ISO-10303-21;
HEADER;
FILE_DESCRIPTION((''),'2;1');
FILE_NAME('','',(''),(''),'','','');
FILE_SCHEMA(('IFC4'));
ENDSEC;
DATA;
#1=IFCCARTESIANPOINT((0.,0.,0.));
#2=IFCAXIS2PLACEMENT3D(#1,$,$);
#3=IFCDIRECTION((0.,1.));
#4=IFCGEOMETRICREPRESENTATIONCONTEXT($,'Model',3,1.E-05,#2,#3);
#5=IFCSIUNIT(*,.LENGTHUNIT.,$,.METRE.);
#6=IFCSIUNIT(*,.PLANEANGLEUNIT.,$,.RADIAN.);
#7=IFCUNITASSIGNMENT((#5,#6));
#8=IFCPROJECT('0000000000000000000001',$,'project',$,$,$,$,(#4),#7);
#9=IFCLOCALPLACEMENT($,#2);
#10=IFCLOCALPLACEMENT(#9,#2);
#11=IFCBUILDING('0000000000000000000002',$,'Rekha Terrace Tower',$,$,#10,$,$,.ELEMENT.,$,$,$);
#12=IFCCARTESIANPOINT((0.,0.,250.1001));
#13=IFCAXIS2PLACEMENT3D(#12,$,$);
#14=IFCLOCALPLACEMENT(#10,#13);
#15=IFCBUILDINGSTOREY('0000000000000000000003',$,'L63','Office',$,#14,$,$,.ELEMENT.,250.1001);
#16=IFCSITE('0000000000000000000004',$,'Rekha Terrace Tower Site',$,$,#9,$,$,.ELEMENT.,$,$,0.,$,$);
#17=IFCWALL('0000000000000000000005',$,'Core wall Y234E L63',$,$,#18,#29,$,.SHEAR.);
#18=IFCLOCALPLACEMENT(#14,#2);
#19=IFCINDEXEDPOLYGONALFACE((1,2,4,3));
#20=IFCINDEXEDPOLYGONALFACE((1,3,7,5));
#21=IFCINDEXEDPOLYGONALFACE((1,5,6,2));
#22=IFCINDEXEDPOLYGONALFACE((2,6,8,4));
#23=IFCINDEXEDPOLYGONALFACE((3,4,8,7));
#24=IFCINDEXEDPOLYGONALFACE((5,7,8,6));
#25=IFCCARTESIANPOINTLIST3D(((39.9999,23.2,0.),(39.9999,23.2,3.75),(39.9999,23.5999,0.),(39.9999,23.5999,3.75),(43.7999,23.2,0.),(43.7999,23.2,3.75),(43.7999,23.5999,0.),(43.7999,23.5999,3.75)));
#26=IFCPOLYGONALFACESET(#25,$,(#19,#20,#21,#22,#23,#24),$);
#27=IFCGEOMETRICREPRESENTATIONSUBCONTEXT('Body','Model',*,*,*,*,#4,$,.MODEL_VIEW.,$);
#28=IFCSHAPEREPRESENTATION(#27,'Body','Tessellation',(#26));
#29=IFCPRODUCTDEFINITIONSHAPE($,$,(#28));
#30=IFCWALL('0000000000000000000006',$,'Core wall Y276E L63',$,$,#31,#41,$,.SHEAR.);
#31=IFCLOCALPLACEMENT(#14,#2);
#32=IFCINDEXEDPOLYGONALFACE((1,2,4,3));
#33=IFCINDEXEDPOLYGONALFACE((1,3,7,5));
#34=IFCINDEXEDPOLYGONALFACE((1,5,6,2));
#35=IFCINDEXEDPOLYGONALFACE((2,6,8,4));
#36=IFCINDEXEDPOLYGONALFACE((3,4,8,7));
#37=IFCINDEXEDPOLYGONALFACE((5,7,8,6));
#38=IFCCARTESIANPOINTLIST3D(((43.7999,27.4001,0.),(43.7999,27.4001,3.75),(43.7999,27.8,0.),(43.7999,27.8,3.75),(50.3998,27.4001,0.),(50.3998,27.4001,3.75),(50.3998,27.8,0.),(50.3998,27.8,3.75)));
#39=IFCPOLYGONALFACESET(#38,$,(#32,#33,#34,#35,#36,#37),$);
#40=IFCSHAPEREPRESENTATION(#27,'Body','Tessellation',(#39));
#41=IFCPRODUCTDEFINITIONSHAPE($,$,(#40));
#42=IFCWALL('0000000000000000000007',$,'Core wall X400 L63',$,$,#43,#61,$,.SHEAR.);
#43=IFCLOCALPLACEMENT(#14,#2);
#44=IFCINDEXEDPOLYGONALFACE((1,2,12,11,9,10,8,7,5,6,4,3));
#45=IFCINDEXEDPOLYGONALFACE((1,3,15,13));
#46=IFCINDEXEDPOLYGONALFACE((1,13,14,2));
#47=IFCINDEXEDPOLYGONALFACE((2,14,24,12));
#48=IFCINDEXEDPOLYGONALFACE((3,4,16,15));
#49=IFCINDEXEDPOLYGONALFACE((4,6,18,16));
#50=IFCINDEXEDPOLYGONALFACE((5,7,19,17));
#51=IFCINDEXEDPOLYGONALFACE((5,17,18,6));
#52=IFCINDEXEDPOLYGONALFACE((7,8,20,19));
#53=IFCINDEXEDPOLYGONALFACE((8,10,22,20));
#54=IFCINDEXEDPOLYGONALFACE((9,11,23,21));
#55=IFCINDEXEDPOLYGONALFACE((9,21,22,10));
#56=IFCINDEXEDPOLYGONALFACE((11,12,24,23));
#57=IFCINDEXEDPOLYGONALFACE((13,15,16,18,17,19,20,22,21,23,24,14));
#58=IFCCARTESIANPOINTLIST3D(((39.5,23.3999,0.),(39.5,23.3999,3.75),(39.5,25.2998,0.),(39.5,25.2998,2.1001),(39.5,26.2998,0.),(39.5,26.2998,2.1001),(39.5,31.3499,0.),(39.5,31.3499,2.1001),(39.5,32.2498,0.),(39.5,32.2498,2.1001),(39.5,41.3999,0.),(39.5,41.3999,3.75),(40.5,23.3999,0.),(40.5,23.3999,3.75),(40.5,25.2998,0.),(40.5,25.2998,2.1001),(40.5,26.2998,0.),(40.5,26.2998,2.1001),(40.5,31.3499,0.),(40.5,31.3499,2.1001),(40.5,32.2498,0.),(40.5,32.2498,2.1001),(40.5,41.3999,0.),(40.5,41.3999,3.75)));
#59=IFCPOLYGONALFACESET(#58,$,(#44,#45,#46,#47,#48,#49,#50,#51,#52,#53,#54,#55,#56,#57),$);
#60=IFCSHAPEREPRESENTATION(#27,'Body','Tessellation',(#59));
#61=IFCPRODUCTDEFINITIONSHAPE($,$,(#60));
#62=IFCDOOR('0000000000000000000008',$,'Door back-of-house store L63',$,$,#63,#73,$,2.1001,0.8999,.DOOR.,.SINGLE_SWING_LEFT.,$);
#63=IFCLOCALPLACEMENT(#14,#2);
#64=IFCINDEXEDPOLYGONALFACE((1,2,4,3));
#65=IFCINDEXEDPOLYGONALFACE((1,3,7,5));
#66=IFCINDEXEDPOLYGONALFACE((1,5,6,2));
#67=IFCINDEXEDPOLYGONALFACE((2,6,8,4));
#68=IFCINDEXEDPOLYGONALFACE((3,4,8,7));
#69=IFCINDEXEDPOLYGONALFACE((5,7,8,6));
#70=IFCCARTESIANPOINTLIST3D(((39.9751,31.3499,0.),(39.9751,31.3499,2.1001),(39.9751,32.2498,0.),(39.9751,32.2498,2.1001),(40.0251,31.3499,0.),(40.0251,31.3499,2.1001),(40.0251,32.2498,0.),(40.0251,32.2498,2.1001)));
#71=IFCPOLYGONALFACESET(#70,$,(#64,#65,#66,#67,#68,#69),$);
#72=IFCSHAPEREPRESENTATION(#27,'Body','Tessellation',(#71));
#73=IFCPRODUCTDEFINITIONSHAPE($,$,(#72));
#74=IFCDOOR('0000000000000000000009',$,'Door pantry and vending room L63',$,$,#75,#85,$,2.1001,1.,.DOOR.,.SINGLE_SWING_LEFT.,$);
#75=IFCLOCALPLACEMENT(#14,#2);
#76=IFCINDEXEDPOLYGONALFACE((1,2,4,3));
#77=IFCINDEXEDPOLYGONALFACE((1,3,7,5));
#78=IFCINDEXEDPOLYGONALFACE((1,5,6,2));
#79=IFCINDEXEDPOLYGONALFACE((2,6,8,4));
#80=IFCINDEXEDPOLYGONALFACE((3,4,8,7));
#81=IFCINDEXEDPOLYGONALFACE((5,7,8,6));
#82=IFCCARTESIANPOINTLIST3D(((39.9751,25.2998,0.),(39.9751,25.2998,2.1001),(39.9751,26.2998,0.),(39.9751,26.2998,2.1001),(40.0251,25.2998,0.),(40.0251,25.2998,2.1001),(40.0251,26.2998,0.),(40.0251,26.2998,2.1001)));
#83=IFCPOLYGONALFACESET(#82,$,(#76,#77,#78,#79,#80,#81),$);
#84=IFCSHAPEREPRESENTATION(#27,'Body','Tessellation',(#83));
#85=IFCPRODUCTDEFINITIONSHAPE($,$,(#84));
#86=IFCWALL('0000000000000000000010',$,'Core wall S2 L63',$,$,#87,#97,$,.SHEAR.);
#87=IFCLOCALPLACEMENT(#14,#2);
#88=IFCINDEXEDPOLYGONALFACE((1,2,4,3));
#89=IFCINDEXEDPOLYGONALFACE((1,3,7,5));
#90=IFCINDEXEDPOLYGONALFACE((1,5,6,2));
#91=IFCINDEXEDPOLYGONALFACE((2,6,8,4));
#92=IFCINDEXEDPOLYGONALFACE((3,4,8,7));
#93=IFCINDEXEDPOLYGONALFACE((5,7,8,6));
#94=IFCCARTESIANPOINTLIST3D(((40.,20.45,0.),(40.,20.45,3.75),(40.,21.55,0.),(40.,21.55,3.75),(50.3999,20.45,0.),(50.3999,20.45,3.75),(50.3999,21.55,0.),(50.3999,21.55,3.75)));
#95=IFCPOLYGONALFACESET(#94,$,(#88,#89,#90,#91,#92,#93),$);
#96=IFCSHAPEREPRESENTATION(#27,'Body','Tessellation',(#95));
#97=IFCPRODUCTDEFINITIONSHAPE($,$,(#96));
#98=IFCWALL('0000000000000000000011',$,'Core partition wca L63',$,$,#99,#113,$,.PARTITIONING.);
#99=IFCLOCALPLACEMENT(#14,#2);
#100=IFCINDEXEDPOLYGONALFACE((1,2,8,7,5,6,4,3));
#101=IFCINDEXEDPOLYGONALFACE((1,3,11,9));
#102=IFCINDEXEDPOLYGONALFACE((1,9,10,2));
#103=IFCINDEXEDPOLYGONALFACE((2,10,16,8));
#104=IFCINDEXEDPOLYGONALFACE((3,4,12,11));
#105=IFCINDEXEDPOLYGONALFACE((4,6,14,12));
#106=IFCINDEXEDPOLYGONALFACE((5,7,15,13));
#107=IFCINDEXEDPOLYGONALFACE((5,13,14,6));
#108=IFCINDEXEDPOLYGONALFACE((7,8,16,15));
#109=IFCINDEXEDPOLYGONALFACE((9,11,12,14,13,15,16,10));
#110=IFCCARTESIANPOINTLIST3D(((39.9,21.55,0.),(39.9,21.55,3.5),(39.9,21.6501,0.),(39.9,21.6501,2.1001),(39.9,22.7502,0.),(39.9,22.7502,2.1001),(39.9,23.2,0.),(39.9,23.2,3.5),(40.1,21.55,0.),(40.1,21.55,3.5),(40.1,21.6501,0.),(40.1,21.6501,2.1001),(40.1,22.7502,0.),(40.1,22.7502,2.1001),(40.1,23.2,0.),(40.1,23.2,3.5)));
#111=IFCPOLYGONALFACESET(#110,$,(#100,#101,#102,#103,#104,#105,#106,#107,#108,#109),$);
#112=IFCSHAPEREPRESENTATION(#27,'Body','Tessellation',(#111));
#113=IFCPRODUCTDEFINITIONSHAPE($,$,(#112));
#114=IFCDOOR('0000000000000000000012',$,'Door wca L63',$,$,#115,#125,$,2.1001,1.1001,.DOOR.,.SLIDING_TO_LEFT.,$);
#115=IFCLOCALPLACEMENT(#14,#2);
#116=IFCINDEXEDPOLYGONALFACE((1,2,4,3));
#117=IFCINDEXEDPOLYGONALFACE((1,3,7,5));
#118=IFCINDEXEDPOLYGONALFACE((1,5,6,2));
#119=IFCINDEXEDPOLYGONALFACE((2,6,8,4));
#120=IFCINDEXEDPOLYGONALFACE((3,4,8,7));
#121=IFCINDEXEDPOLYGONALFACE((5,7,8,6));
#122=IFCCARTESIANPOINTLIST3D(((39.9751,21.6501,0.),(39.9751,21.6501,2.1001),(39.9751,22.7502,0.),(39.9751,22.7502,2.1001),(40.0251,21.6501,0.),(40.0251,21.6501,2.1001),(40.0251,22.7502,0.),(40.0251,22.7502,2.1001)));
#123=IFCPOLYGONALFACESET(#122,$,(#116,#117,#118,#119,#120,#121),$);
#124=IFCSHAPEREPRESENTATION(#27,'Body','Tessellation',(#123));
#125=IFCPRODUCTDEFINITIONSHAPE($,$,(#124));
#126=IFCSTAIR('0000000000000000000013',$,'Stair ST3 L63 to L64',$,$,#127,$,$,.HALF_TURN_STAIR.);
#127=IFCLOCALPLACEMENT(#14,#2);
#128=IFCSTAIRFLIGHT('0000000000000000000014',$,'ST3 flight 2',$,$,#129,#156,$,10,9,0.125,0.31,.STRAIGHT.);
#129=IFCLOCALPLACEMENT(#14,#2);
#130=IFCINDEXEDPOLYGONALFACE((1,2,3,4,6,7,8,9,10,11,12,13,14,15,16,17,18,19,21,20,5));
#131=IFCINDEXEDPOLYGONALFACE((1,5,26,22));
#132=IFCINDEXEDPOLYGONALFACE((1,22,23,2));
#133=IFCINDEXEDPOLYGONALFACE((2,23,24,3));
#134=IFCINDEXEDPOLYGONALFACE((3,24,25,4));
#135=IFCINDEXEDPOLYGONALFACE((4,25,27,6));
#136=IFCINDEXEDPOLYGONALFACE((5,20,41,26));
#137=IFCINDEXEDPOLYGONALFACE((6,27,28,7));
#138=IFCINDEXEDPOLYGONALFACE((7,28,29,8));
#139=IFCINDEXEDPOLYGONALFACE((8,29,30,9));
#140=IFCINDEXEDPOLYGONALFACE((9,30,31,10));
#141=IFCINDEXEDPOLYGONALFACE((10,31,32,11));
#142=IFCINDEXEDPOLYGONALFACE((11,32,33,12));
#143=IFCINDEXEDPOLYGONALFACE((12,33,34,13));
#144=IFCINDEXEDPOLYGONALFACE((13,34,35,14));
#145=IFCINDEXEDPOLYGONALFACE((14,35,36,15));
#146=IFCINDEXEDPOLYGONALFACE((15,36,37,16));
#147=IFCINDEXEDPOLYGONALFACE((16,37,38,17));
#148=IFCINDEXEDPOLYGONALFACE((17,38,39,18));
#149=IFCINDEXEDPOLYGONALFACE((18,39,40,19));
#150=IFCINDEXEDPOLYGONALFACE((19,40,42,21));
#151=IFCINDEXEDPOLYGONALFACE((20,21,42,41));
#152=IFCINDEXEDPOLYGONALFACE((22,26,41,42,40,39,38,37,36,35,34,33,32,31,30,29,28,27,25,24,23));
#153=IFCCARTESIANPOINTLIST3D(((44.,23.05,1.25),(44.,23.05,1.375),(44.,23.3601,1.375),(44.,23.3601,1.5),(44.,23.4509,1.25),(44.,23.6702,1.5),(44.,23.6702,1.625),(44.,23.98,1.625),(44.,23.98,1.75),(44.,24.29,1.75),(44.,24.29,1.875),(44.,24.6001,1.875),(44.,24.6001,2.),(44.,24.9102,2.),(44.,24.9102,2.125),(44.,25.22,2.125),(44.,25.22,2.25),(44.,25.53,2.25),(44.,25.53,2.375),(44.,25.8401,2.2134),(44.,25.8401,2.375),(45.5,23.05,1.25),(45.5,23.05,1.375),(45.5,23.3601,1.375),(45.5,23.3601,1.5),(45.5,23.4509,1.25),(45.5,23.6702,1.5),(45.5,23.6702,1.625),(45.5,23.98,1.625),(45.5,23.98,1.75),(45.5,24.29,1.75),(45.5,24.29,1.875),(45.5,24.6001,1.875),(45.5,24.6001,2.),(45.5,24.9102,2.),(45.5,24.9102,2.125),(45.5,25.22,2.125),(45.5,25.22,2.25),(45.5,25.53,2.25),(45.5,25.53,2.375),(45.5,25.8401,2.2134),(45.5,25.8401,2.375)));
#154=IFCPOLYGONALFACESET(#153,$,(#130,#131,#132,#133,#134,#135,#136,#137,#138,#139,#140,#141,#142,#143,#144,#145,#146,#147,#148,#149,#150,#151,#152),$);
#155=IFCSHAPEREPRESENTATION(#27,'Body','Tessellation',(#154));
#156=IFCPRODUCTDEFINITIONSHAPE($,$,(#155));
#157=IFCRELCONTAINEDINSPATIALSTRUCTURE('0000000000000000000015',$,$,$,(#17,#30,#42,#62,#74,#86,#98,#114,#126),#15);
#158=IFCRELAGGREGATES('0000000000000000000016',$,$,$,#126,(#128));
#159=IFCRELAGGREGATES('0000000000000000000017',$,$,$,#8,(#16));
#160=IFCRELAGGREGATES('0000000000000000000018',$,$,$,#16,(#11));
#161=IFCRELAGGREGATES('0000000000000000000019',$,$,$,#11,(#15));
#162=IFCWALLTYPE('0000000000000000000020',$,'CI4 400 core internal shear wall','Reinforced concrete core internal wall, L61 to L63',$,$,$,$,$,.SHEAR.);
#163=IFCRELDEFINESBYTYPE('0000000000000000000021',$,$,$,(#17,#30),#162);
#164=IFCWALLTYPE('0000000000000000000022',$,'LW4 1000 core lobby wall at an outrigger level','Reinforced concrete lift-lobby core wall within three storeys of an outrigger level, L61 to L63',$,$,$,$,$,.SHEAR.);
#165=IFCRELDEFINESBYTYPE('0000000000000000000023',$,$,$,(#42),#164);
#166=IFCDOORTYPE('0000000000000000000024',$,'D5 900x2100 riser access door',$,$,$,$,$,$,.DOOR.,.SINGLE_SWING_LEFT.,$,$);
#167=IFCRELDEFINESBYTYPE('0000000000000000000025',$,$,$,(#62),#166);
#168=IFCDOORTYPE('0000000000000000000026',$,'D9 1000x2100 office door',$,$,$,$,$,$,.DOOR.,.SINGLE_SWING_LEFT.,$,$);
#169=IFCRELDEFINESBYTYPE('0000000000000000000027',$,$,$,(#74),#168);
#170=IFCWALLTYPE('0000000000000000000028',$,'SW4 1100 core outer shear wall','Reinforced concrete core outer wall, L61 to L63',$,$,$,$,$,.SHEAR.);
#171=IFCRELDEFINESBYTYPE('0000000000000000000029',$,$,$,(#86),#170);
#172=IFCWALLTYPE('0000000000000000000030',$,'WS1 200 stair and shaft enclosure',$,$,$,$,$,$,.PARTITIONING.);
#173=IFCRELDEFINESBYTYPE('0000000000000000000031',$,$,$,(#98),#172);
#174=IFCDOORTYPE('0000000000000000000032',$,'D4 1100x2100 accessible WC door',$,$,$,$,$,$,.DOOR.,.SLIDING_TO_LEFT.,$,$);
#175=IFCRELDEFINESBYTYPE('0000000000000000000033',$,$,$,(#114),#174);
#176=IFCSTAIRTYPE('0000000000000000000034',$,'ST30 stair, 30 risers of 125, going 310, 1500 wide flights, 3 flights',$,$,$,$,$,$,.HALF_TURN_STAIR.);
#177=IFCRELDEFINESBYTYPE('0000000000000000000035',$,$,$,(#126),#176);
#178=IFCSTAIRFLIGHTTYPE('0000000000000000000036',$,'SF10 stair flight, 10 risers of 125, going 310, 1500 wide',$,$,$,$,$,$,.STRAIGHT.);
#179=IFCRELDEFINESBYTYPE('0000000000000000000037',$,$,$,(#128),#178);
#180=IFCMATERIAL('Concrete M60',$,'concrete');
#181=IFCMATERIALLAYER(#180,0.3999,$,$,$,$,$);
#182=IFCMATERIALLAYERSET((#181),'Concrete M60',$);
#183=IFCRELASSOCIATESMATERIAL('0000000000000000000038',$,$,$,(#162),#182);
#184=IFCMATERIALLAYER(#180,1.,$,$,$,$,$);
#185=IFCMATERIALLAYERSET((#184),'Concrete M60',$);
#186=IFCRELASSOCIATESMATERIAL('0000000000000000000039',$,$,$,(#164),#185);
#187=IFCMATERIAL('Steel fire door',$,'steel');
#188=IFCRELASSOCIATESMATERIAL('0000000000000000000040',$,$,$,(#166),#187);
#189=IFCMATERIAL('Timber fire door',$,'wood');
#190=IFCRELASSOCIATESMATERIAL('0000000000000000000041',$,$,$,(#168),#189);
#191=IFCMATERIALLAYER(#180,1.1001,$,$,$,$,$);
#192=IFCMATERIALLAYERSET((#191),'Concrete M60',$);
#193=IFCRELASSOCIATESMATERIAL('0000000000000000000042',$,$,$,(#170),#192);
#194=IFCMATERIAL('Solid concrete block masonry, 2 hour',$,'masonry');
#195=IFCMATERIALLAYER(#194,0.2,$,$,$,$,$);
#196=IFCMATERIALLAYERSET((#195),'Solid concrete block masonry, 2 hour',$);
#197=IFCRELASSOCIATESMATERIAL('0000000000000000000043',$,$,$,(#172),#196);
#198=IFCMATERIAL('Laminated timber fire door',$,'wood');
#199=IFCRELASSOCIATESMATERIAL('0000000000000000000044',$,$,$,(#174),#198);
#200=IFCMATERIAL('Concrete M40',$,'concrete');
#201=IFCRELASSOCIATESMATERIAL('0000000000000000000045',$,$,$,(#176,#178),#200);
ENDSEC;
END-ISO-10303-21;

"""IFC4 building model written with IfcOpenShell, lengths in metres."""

from ifc_helpers import new_model, si_unit, direction, frame, frame_2d, origin, place, context, subcontext, project, spatial, polyline, rectangle, outline, extrude, material, layer, layer_set, type_object, element, fill, aggregate, save


model = new_model("IFC4")

# Units and contexts
model_context = context("Model", 3, precision=1e-05, world=origin(), true_north=direction((0.0, 1.0)))
body_context = subcontext(model_context, "Body", "Model", "MODEL_VIEW")
ifc_project = project(units=[si_unit("LENGTHUNIT", "METRE"), si_unit("PLANEANGLEUNIT", "RADIAN")], contexts=[model_context])

# Site, building, storey
site_placement = place(None, origin())
site = spatial("IfcSite", under=ifc_project, at=site_placement, Name="Rekha Terrace Tower Site", CompositionType="ELEMENT", RefElevation=0.0)
building_placement = place(site_placement, origin())
building = spatial("IfcBuilding", under=site, at=building_placement, Name="Rekha Terrace Tower", CompositionType="ELEMENT")
storey_placement = place(building_placement, frame((0.0, 0.0, 250.1001)))
storey = spatial("IfcBuildingStorey", under=building, at=storey_placement, Name="L63", Description="Office", CompositionType="ELEMENT", Elevation=250.1001)

# Shared definitions
ifc_material_1 = material(Name="Concrete M60", Category="concrete")

# Walls
ifc_layer_1 = layer(ifc_material_1, 0.3999)
ifc_layer_set_1 = layer_set([ifc_layer_1], Name="Concrete M60")
wall_type_1 = type_object("IfcWallType", Name="CI4 400 core internal shear wall", Description="Reinforced concrete core internal wall, L61 to L63", PredefinedType="SHEAR", material=ifc_layer_set_1)
wall_1_placement = place(storey_placement, frame((40.0, 23.3999, 0.0), z_axis=(0.0, 0.0, 1.0), x_axis=(1.0, 0.0, 0.0)))
element("IfcWall", 1, at=wall_1_placement, inside=storey, type_object=wall_type_1, Name="Core wall Y234E L63", PredefinedType="SHEAR", context=body_context, shape_type="SweptSolid", body=[
    extrude(rectangle(XDim=3.8, YDim=0.3999, at=frame_2d((1.8999, 0.0))), origin(), (0.0, 0.0, 1.0), 3.75),
])
wall_2_placement = place(storey_placement, frame((43.8, 27.6001, 0.0), z_axis=(0.0, 0.0, 1.0), x_axis=(1.0, 0.0, 0.0)))
element("IfcWall", 2, at=wall_2_placement, inside=storey, type_object=wall_type_1, Name="Core wall Y276E L63", PredefinedType="SHEAR", context=body_context, shape_type="SweptSolid", body=[
    extrude(rectangle(XDim=6.5999, YDim=0.3999, at=frame_2d((3.2998, 0.0))), origin(), (0.0, 0.0, 1.0), 3.75),
])

# Wall, openings, doors
ifc_layer_2 = layer(ifc_material_1, 1.0)
ifc_layer_set_2 = layer_set([ifc_layer_2], Name="Concrete M60")
wall_type_2 = type_object("IfcWallType", Name="LW4 1000 core lobby wall at an outrigger level", Description="Reinforced concrete lift-lobby core wall within three storeys of an outrigger level, L61 to L63", PredefinedType="SHEAR", material=ifc_layer_set_2)
wall_3_placement = place(storey_placement, frame((40.0, 23.3999, 0.0), z_axis=(0.0, 0.0, 1.0), x_axis=(0.0, 1.0, 0.0)))
wall_3 = element("IfcWall", 3, at=wall_3_placement, inside=storey, type_object=wall_type_2, Name="Core wall X400 L63", PredefinedType="SHEAR", context=body_context, shape_type="SweptSolid", body=[
    extrude(rectangle(XDim=18.0, YDim=1.0, at=frame_2d((9.0, 0.0))), origin(), (0.0, 0.0, 1.0), 3.75),
])
opening_1_placement = place(wall_3_placement, frame((1.8999, 0.0, 0.0)))
opening_1 = element("IfcOpeningElement", 4, at=opening_1_placement, cuts=wall_3, PredefinedType="OPENING", context=body_context, shape_type="SweptSolid", body=[
    extrude(rectangle(XDim=1.0, YDim=2.1001, at=frame_2d((0.5, 1.05))), frame((0.0, 0.51, 0.0), z_axis=(0.0, -1.0, 0.0), x_axis=(1.0, 0.0, 0.0)), (0.0, 0.0, 1.0), 1.02),
])
opening_2_placement = place(wall_3_placement, frame((7.95, 0.0, 0.0)))
opening_2 = element("IfcOpeningElement", 5, at=opening_2_placement, cuts=wall_3, PredefinedType="OPENING", context=body_context, shape_type="SweptSolid", body=[
    extrude(rectangle(XDim=0.8999, YDim=2.1001, at=frame_2d((0.45, 1.05))), frame((0.0, 0.51, 0.0), z_axis=(0.0, -1.0, 0.0), x_axis=(1.0, 0.0, 0.0)), (0.0, 0.0, 1.0), 1.02),
])
ifc_material_2 = material(Name="Steel fire door", Category="steel")
door_type_1 = type_object("IfcDoorType", Name="D5 900x2100 riser access door", OperationType="SINGLE_SWING_LEFT", PredefinedType="DOOR", material=ifc_material_2)
door_1_placement = place(opening_2_placement, origin())
door_1 = element("IfcDoor", 6, at=door_1_placement, inside=storey, type_object=door_type_1, Name="Door back-of-house store L63", OperationType="SINGLE_SWING_LEFT", OverallHeight=2.1001, OverallWidth=0.8999, PredefinedType="DOOR", context=body_context, shape_type="SweptSolid", body=[
    extrude(rectangle(XDim=0.8999, YDim=2.1001, at=frame_2d((0.45, 1.05))), frame((0.0, 0.0249, 0.0), z_axis=(0.0, -1.0, 0.0), x_axis=(1.0, 0.0, 0.0)), (0.0, 0.0, 1.0), 0.05),
])
fill(opening_2, door_1)
ifc_material_3 = material(Name="Timber fire door", Category="wood")
door_type_2 = type_object("IfcDoorType", Name="D9 1000x2100 office door", OperationType="SINGLE_SWING_LEFT", PredefinedType="DOOR", material=ifc_material_3)
door_2_placement = place(opening_1_placement, origin())
door_2 = element("IfcDoor", 7, at=door_2_placement, inside=storey, type_object=door_type_2, Name="Door pantry and vending room L63", OperationType="SINGLE_SWING_LEFT", OverallHeight=2.1001, OverallWidth=1.0, PredefinedType="DOOR", context=body_context, shape_type="SweptSolid", body=[
    extrude(rectangle(XDim=1.0, YDim=2.1001, at=frame_2d((0.5, 1.05))), frame((0.0, 0.0249, 0.0), z_axis=(0.0, -1.0, 0.0), x_axis=(1.0, 0.0, 0.0)), (0.0, 0.0, 1.0), 0.05),
])
fill(opening_1, door_2)

# Wall
ifc_layer_3 = layer(ifc_material_1, 1.1001)
ifc_layer_set_3 = layer_set([ifc_layer_3], Name="Concrete M60")
wall_type_3 = type_object("IfcWallType", Name="SW4 1100 core outer shear wall", Description="Reinforced concrete core outer wall, L61 to L63", PredefinedType="SHEAR", material=ifc_layer_set_3)
wall_4_placement = place(storey_placement, frame((40.0, 21.0, 0.0), z_axis=(0.0, 0.0, 1.0), x_axis=(1.0, 0.0, 0.0)))
element("IfcWall", 8, at=wall_4_placement, inside=storey, type_object=wall_type_3, Name="Core wall S2 L63", PredefinedType="SHEAR", context=body_context, shape_type="SweptSolid", body=[
    extrude(rectangle(XDim=10.3999, YDim=1.1001, at=frame_2d((5.2, 0.0))), origin(), (0.0, 0.0, 1.0), 3.75),
])

# Wall, opening, door
ifc_material_4 = material(Name="Solid concrete block masonry, 2 hour", Category="masonry")
ifc_layer_4 = layer(ifc_material_4, 0.2)
ifc_layer_set_4 = layer_set([ifc_layer_4], Name="Solid concrete block masonry, 2 hour")
wall_type_4 = type_object("IfcWallType", Name="WS1 200 stair and shaft enclosure", PredefinedType="PARTITIONING", material=ifc_layer_set_4)
wall_5_placement = place(storey_placement, frame((40.0, 21.55, 0.0), z_axis=(0.0, 0.0, 1.0), x_axis=(0.0, 1.0, 0.0)))
wall_5 = element("IfcWall", 9, at=wall_5_placement, inside=storey, type_object=wall_type_4, Name="Core partition wca L63", PredefinedType="PARTITIONING", context=body_context, shape_type="SweptSolid", body=[
    extrude(rectangle(XDim=1.6499, YDim=0.2, at=frame_2d((0.825, 0.0))), origin(), (0.0, 0.0, 1.0), 3.5),
])
opening_3_placement = place(wall_5_placement, frame((0.1001, 0.0, 0.0)))
opening_3 = element("IfcOpeningElement", 10, at=opening_3_placement, cuts=wall_5, PredefinedType="OPENING", context=body_context, shape_type="SweptSolid", body=[
    extrude(rectangle(XDim=1.1001, YDim=2.1001, at=frame_2d((0.55, 1.05))), frame((0.0, 0.1099, 0.0), z_axis=(0.0, -1.0, 0.0), x_axis=(1.0, 0.0, 0.0)), (0.0, 0.0, 1.0), 0.22),
])
ifc_material_5 = material(Name="Laminated timber fire door", Category="wood")
door_type_3 = type_object("IfcDoorType", Name="D4 1100x2100 accessible WC door", OperationType="SLIDING_TO_LEFT", PredefinedType="DOOR", material=ifc_material_5)
door_3_placement = place(opening_3_placement, origin())
door_3 = element("IfcDoor", 11, at=door_3_placement, inside=storey, type_object=door_type_3, Name="Door wca L63", OperationType="SLIDING_TO_LEFT", OverallHeight=2.1001, OverallWidth=1.1001, PredefinedType="DOOR", context=body_context, shape_type="SweptSolid", body=[
    extrude(rectangle(XDim=1.1001, YDim=2.1001, at=frame_2d((0.55, 1.05))), frame((0.0, 0.0249, 0.0), z_axis=(0.0, -1.0, 0.0), x_axis=(1.0, 0.0, 0.0)), (0.0, 0.0, 1.0), 0.05),
])
fill(opening_3, door_3)

# Stair, stair flight
ifc_material_6 = material(Name="Concrete M40", Category="concrete")
stair_type = type_object("IfcStairType", Name="ST30 stair, 30 risers of 125, going 310, 1500 wide flights, 3 flights", PredefinedType="HALF_TURN_STAIR", material=ifc_material_6)
stair_placement = place(storey_placement, origin())
stair = element("IfcStair", 12, at=stair_placement, inside=storey, type_object=stair_type, Name="Stair ST3 L63 to L64", PredefinedType="HALF_TURN_STAIR")
stair_flight_type = type_object("IfcStairFlightType", Name="SF10 stair flight, 10 risers of 125, going 310, 1500 wide", PredefinedType="STRAIGHT", material=ifc_material_6)
stair_flight_1_placement = place(storey_placement, frame((44.75, 23.05, 1.25), z_axis=(0.0, 0.0, 1.0), x_axis=(0.0, 1.0, 0.0)))
stair_flight_1 = element("IfcStairFlight", 13, at=stair_flight_1_placement, type_object=stair_flight_type, Name="ST3 flight 2", NumberOfRisers=10, NumberOfTreads=9, PredefinedType="STRAIGHT", RiserHeight=0.125, TreadLength=0.31, context=body_context, shape_type="SweptSolid", body=[
    extrude(outline(polyline([(0.0, 0.0), (0.0, 0.125), (0.3101, 0.125), (0.3101, 0.25), (0.6201, 0.25), (0.6201, 0.375), (0.9299, 0.375), (0.9299, 0.5), (1.24, 0.5), (1.24, 0.625), (1.55, 0.625), (1.55, 0.75), (1.8601, 0.75), (1.8601, 0.875), (2.1699, 0.875), (2.1699, 1.0), (2.48, 1.0), (2.48, 1.125), (2.79, 1.125), (2.79, 1.25), (2.79, 0.9634), (0.4009, 0.0), (0.0, 0.0)])), frame((0.0, 0.75, 0.0), z_axis=(0.0, -1.0, 0.0), x_axis=(1.0, 0.0, 0.0)), (0.0, 0.0, 1.0), 1.5),
])
aggregate(stair, [stair_flight_1])

save(model, "model.ifc")
